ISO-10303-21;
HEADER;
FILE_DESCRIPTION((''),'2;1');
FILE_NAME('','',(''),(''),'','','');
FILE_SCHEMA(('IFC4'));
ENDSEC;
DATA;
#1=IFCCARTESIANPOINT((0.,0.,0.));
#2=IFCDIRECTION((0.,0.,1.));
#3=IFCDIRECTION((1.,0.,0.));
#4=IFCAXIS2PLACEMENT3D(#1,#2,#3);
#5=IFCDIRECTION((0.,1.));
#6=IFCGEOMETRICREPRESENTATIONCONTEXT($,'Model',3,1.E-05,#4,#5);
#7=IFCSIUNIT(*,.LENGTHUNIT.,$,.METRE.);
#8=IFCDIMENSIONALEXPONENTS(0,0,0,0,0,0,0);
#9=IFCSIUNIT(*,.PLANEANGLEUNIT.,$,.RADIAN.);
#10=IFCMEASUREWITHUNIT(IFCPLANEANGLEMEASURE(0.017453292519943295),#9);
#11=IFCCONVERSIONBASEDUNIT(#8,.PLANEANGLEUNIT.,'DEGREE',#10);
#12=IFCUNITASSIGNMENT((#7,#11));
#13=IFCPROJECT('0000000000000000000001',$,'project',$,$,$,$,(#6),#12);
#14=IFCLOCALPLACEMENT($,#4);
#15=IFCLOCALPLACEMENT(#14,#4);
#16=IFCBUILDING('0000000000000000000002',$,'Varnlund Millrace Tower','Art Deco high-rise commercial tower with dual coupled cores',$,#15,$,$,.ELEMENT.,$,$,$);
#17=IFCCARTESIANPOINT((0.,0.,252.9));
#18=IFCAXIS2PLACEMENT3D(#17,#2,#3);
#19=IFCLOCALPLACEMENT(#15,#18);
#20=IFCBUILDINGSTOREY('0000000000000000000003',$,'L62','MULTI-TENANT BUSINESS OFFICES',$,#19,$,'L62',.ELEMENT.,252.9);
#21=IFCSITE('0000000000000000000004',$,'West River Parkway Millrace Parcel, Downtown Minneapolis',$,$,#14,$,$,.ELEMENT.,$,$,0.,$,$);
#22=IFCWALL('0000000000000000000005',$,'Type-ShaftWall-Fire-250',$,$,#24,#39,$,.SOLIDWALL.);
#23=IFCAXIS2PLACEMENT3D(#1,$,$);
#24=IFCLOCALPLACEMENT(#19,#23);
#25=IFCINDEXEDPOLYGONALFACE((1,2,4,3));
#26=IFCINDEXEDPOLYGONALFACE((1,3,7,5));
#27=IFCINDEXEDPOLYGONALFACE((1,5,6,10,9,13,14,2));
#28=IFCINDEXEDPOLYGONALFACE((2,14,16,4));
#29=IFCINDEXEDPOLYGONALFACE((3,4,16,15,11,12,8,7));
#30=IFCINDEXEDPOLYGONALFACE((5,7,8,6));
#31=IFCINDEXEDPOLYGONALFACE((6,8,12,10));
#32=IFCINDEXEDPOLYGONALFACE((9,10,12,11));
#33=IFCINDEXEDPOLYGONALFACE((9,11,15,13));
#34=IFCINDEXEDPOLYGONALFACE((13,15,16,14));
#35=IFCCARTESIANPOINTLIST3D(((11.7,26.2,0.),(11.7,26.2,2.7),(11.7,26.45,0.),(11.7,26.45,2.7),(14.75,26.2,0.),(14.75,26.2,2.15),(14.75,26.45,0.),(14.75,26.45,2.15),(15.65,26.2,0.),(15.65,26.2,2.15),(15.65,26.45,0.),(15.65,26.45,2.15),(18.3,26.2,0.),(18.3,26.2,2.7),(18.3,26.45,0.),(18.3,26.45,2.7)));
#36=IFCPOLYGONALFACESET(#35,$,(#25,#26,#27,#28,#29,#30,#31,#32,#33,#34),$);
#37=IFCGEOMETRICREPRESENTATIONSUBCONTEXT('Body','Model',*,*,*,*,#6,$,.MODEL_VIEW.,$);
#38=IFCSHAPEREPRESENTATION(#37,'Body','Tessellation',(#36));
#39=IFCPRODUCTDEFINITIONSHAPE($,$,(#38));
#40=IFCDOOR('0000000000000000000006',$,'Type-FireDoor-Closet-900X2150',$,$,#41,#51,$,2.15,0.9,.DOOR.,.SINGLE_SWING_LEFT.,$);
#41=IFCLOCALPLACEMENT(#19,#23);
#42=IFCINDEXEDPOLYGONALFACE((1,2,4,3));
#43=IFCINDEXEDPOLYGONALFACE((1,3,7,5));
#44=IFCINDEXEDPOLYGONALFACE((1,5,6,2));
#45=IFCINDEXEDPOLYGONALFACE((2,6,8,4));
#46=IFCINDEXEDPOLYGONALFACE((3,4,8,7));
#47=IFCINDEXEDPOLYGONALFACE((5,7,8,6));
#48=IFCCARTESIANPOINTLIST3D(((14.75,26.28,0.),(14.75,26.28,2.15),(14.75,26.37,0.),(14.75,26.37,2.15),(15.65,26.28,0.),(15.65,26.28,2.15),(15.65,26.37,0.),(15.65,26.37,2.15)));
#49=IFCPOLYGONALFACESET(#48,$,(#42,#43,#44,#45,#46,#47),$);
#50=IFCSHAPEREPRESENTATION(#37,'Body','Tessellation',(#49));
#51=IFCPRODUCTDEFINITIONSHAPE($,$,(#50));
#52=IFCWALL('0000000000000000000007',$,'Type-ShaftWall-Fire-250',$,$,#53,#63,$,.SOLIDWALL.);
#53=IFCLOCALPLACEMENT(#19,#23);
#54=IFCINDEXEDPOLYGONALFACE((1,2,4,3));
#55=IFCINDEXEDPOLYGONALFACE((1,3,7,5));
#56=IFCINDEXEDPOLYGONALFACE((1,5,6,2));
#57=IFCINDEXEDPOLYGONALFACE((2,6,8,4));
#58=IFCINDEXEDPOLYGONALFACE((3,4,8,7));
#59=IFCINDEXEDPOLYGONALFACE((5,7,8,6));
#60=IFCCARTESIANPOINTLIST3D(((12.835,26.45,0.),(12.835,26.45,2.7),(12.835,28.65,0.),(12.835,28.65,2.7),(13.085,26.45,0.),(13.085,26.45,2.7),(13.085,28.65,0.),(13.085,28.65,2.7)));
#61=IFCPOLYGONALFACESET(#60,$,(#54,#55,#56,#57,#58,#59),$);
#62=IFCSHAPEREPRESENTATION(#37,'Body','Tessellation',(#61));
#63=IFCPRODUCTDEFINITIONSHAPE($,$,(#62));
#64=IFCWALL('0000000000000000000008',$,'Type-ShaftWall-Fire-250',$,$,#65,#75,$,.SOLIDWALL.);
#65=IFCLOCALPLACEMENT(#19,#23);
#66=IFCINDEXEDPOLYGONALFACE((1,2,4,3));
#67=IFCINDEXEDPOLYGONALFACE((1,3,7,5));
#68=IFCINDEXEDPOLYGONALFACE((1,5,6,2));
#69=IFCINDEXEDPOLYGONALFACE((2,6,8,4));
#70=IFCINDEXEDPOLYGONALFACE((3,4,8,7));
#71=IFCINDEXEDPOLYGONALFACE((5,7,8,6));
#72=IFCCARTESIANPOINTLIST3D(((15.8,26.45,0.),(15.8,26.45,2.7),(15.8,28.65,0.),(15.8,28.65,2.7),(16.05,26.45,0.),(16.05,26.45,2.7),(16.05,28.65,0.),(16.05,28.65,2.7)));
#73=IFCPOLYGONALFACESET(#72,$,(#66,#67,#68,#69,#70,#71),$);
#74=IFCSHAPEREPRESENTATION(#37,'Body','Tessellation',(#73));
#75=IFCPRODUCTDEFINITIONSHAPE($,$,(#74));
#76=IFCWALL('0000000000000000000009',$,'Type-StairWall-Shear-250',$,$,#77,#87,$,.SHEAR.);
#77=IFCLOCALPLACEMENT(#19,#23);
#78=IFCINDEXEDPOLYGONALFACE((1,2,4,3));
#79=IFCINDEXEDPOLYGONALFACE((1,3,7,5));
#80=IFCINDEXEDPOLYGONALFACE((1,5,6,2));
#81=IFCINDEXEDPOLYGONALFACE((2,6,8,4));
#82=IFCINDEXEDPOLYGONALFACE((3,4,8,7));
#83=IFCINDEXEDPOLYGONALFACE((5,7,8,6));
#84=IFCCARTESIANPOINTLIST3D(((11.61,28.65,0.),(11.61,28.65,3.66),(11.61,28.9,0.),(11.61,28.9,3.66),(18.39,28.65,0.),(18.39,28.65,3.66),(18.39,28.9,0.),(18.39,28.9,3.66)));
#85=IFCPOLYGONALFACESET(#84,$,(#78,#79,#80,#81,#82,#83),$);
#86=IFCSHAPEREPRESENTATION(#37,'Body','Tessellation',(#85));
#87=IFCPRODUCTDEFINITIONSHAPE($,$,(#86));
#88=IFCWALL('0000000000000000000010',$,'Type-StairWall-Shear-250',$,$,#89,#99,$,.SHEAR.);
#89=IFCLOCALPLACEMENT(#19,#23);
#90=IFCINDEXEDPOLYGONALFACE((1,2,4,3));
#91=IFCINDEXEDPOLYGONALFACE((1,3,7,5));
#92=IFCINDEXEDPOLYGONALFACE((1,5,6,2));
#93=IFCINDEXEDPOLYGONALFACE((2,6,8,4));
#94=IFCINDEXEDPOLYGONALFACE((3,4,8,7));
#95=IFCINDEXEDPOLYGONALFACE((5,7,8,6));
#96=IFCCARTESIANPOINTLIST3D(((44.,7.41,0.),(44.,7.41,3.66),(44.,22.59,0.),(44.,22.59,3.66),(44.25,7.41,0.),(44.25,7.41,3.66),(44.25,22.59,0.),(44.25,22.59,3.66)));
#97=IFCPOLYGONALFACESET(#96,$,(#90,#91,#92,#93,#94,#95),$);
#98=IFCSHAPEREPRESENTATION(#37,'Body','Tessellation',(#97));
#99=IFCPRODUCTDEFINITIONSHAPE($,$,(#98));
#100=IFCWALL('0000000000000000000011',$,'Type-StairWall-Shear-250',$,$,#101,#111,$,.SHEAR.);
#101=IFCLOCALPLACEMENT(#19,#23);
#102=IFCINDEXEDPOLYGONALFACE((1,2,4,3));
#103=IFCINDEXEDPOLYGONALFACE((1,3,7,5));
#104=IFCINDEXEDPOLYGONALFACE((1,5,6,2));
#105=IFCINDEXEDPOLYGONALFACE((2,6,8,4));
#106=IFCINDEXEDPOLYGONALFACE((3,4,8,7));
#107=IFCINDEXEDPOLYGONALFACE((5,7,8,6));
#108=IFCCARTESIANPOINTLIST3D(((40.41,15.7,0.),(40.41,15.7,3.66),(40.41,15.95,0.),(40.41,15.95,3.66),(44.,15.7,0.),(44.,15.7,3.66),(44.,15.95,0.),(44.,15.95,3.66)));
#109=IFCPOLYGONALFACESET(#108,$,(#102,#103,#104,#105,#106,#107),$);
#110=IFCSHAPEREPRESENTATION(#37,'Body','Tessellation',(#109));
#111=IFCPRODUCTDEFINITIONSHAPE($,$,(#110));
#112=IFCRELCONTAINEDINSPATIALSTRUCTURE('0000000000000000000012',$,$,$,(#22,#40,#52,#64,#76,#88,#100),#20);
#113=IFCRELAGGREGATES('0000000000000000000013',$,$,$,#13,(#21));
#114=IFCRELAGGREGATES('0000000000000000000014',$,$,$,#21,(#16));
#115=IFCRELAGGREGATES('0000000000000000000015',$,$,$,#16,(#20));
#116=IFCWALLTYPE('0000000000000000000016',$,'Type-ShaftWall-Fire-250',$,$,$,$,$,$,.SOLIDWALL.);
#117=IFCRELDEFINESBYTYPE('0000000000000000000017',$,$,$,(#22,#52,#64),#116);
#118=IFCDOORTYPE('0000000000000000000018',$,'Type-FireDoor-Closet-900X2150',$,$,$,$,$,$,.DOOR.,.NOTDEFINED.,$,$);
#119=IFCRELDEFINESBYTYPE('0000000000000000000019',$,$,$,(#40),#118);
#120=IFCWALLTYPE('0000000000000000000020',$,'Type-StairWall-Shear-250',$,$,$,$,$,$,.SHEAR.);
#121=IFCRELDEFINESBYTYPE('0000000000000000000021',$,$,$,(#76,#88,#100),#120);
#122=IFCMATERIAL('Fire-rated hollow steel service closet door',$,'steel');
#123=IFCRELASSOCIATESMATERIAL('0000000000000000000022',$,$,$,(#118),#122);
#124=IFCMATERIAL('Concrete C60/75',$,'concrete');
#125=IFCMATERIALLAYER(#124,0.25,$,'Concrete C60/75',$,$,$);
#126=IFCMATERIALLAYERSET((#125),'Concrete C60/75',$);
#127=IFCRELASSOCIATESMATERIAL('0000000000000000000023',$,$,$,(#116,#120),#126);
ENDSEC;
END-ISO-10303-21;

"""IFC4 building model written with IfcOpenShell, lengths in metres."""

from ifc_helpers import new_model, entity, si_unit, converted_unit, direction, frame, origin_with_axes, origin_2d_with_axis, place, context, subcontext, project, spatial, polyline, rectangle, outline, extrude, material, layer, layer_set, type_object, element, fill, save


model = new_model("IFC4")

# Units and contexts
model_context = context("Model", 3, precision=1e-05, world=origin_with_axes(), true_north=direction((0.0, 1.0)))
body_context = subcontext(model_context, "Body", "Model", "MODEL_VIEW")
ifc_project = project(units=[si_unit("LENGTHUNIT", "METRE"), converted_unit("PLANEANGLEUNIT", "DEGREE", entity("IfcPlaneAngleMeasure", 0.017453292519943295), si_unit("PLANEANGLEUNIT", "RADIAN"), dimensions=[0, 0, 0, 0, 0, 0, 0])], contexts=[model_context])

# Site, building, storey
site_placement = place(None, origin_with_axes())
site = spatial("IfcSite", under=ifc_project, at=site_placement, Name="West River Parkway Millrace Parcel, Downtown Minneapolis", CompositionType="ELEMENT", RefElevation=0.0)
building_placement = place(site_placement, origin_with_axes())
building = spatial("IfcBuilding", under=site, at=building_placement, Name="Varnlund Millrace Tower", Description="Art Deco high-rise commercial tower with dual coupled cores", CompositionType="ELEMENT")
storey_placement = place(building_placement, frame((0.0, 0.0, 252.9), z_axis=(0.0, 0.0, 1.0), x_axis=(1.0, 0.0, 0.0)))
storey = spatial("IfcBuildingStorey", under=building, at=storey_placement, Name="L62", Description="MULTI-TENANT BUSINESS OFFICES", LongName="L62", CompositionType="ELEMENT", Elevation=252.9)

# Shared definitions
ifc_material_1 = material(Name="Concrete C60/75", Category="concrete")
ifc_material_2 = material(Name="Fire-rated hollow steel service closet door", Category="steel")
door_type_1 = type_object("IfcDoorType", Name="Type-FireDoor-Closet-900X2150", OperationType="NOTDEFINED", PredefinedType="DOOR", material=ifc_material_2)

# Shared definitions
ifc_layer_1 = layer(ifc_material_1, 0.25, Name="Concrete C60/75")
ifc_layer_set_1 = layer_set([ifc_layer_1], Name="Concrete C60/75")
wall_type_1 = type_object("IfcWallType", Name="Type-ShaftWall-Fire-250", PredefinedType="SOLIDWALL", material=ifc_layer_set_1)

# Wall, opening, door
wall_1_placement = place(storey_placement, frame((11.7, 26.325, 0.0), z_axis=(0.0, 0.0, 1.0), x_axis=(1.0, 0.0, 0.0)))
wall_1 = element("IfcWall", 1, at=wall_1_placement, inside=storey, type_object=wall_type_1, Name="Type-ShaftWall-Fire-250", PredefinedType="SOLIDWALL", context=body_context, shape_type="SweptSolid", body=[
    extrude(outline(polyline([(0.0, -0.125), (6.6, -0.125), (6.6, 0.125), (0.0, 0.125), (0.0, -0.125)])), origin_with_axes(), (0.0, 0.0, 1.0), 2.7),
])
opening_1_placement = place(wall_1_placement, frame((3.5, 0.0, 0.0), z_axis=(0.0, 0.0, 1.0), x_axis=(1.0, 0.0, 0.0)))
opening_1 = element("IfcOpeningElement", 2, at=opening_1_placement, cuts=wall_1, PredefinedType="OPENING", context=body_context, shape_type="SweptSolid", body=[
    extrude(rectangle(XDim=0.9, YDim=0.27, at=origin_2d_with_axis()), origin_with_axes(), (0.0, 0.0, 1.0), 2.15),
])
door_1_placement = place(wall_1_placement, frame((3.5, 0.0, 0.0), z_axis=(0.0, 0.0, 1.0), x_axis=(1.0, 0.0, 0.0)))
door_1 = element("IfcDoor", 3, at=door_1_placement, inside=storey, type_object=door_type_1, Name="Type-FireDoor-Closet-900X2150", OperationType="SINGLE_SWING_LEFT", OverallHeight=2.15, OverallWidth=0.9, PredefinedType="DOOR", context=body_context, shape_type="SweptSolid", body=[
    extrude(rectangle(XDim=0.9, YDim=0.09, at=origin_2d_with_axis()), origin_with_axes(), (0.0, 0.0, 1.0), 2.15),
])
fill(opening_1, door_1)

# Walls
for number, where, z_axis, x_axis, name in (
    (4, (12.96, 26.45, 0.0), (0.0, 0.0, 1.0), (0.0, 1.0, 0.0), "Type-ShaftWall-Fire-250"),
    (5, (15.925, 26.45, 0.0), (0.0, 0.0, 1.0), (0.0, 1.0, 0.0), "Type-ShaftWall-Fire-250"),
):
    element("IfcWall", number, at=place(storey_placement, frame(where, z_axis=z_axis, x_axis=x_axis)), inside=storey, type_object=wall_type_1, Name=name, PredefinedType="SOLIDWALL", context=body_context, shape_type="SweptSolid", body=[
        extrude(outline(polyline([(0.0, -0.125), (2.2, -0.125), (2.2, 0.125), (0.0, 0.125), (0.0, -0.125)])), origin_with_axes(), (0.0, 0.0, 1.0), 2.7),
    ])
wall_type_2 = type_object("IfcWallType", Name="Type-StairWall-Shear-250", PredefinedType="SHEAR", material=ifc_layer_set_1)
wall_2_placement = place(storey_placement, frame((11.61, 28.775, 0.0), z_axis=(0.0, 0.0, 1.0), x_axis=(1.0, 0.0, 0.0)))
element("IfcWall", 6, at=wall_2_placement, inside=storey, type_object=wall_type_2, Name="Type-StairWall-Shear-250", PredefinedType="SHEAR", context=body_context, shape_type="SweptSolid", body=[
    extrude(outline(polyline([(0.0, -0.125), (6.78, -0.125), (6.78, 0.125), (0.0, 0.125), (0.0, -0.125)])), origin_with_axes(), (0.0, 0.0, 1.0), 3.66),
])
wall_3_placement = place(storey_placement, frame((44.125, 7.41, 0.0), z_axis=(0.0, 0.0, 1.0), x_axis=(0.0, 1.0, 0.0)))
element("IfcWall", 7, at=wall_3_placement, inside=storey, type_object=wall_type_2, Name="Type-StairWall-Shear-250", PredefinedType="SHEAR", context=body_context, shape_type="SweptSolid", body=[
    extrude(outline(polyline([(0.0, -0.125), (15.18, -0.125), (15.18, 0.125), (0.0, 0.125), (0.0, -0.125)])), origin_with_axes(), (0.0, 0.0, 1.0), 3.66),
])
wall_4_placement = place(storey_placement, frame((40.41, 15.825, 0.0), z_axis=(0.0, 0.0, 1.0), x_axis=(1.0, 0.0, 0.0)))
element("IfcWall", 8, at=wall_4_placement, inside=storey, type_object=wall_type_2, Name="Type-StairWall-Shear-250", PredefinedType="SHEAR", context=body_context, shape_type="SweptSolid", body=[
    extrude(outline(polyline([(0.0, -0.125), (3.59, -0.125), (3.59, 0.125), (0.0, 0.125), (0.0, -0.125)])), origin_with_axes(), (0.0, 0.0, 1.0), 3.66),
])

save(model, "model.ifc")
